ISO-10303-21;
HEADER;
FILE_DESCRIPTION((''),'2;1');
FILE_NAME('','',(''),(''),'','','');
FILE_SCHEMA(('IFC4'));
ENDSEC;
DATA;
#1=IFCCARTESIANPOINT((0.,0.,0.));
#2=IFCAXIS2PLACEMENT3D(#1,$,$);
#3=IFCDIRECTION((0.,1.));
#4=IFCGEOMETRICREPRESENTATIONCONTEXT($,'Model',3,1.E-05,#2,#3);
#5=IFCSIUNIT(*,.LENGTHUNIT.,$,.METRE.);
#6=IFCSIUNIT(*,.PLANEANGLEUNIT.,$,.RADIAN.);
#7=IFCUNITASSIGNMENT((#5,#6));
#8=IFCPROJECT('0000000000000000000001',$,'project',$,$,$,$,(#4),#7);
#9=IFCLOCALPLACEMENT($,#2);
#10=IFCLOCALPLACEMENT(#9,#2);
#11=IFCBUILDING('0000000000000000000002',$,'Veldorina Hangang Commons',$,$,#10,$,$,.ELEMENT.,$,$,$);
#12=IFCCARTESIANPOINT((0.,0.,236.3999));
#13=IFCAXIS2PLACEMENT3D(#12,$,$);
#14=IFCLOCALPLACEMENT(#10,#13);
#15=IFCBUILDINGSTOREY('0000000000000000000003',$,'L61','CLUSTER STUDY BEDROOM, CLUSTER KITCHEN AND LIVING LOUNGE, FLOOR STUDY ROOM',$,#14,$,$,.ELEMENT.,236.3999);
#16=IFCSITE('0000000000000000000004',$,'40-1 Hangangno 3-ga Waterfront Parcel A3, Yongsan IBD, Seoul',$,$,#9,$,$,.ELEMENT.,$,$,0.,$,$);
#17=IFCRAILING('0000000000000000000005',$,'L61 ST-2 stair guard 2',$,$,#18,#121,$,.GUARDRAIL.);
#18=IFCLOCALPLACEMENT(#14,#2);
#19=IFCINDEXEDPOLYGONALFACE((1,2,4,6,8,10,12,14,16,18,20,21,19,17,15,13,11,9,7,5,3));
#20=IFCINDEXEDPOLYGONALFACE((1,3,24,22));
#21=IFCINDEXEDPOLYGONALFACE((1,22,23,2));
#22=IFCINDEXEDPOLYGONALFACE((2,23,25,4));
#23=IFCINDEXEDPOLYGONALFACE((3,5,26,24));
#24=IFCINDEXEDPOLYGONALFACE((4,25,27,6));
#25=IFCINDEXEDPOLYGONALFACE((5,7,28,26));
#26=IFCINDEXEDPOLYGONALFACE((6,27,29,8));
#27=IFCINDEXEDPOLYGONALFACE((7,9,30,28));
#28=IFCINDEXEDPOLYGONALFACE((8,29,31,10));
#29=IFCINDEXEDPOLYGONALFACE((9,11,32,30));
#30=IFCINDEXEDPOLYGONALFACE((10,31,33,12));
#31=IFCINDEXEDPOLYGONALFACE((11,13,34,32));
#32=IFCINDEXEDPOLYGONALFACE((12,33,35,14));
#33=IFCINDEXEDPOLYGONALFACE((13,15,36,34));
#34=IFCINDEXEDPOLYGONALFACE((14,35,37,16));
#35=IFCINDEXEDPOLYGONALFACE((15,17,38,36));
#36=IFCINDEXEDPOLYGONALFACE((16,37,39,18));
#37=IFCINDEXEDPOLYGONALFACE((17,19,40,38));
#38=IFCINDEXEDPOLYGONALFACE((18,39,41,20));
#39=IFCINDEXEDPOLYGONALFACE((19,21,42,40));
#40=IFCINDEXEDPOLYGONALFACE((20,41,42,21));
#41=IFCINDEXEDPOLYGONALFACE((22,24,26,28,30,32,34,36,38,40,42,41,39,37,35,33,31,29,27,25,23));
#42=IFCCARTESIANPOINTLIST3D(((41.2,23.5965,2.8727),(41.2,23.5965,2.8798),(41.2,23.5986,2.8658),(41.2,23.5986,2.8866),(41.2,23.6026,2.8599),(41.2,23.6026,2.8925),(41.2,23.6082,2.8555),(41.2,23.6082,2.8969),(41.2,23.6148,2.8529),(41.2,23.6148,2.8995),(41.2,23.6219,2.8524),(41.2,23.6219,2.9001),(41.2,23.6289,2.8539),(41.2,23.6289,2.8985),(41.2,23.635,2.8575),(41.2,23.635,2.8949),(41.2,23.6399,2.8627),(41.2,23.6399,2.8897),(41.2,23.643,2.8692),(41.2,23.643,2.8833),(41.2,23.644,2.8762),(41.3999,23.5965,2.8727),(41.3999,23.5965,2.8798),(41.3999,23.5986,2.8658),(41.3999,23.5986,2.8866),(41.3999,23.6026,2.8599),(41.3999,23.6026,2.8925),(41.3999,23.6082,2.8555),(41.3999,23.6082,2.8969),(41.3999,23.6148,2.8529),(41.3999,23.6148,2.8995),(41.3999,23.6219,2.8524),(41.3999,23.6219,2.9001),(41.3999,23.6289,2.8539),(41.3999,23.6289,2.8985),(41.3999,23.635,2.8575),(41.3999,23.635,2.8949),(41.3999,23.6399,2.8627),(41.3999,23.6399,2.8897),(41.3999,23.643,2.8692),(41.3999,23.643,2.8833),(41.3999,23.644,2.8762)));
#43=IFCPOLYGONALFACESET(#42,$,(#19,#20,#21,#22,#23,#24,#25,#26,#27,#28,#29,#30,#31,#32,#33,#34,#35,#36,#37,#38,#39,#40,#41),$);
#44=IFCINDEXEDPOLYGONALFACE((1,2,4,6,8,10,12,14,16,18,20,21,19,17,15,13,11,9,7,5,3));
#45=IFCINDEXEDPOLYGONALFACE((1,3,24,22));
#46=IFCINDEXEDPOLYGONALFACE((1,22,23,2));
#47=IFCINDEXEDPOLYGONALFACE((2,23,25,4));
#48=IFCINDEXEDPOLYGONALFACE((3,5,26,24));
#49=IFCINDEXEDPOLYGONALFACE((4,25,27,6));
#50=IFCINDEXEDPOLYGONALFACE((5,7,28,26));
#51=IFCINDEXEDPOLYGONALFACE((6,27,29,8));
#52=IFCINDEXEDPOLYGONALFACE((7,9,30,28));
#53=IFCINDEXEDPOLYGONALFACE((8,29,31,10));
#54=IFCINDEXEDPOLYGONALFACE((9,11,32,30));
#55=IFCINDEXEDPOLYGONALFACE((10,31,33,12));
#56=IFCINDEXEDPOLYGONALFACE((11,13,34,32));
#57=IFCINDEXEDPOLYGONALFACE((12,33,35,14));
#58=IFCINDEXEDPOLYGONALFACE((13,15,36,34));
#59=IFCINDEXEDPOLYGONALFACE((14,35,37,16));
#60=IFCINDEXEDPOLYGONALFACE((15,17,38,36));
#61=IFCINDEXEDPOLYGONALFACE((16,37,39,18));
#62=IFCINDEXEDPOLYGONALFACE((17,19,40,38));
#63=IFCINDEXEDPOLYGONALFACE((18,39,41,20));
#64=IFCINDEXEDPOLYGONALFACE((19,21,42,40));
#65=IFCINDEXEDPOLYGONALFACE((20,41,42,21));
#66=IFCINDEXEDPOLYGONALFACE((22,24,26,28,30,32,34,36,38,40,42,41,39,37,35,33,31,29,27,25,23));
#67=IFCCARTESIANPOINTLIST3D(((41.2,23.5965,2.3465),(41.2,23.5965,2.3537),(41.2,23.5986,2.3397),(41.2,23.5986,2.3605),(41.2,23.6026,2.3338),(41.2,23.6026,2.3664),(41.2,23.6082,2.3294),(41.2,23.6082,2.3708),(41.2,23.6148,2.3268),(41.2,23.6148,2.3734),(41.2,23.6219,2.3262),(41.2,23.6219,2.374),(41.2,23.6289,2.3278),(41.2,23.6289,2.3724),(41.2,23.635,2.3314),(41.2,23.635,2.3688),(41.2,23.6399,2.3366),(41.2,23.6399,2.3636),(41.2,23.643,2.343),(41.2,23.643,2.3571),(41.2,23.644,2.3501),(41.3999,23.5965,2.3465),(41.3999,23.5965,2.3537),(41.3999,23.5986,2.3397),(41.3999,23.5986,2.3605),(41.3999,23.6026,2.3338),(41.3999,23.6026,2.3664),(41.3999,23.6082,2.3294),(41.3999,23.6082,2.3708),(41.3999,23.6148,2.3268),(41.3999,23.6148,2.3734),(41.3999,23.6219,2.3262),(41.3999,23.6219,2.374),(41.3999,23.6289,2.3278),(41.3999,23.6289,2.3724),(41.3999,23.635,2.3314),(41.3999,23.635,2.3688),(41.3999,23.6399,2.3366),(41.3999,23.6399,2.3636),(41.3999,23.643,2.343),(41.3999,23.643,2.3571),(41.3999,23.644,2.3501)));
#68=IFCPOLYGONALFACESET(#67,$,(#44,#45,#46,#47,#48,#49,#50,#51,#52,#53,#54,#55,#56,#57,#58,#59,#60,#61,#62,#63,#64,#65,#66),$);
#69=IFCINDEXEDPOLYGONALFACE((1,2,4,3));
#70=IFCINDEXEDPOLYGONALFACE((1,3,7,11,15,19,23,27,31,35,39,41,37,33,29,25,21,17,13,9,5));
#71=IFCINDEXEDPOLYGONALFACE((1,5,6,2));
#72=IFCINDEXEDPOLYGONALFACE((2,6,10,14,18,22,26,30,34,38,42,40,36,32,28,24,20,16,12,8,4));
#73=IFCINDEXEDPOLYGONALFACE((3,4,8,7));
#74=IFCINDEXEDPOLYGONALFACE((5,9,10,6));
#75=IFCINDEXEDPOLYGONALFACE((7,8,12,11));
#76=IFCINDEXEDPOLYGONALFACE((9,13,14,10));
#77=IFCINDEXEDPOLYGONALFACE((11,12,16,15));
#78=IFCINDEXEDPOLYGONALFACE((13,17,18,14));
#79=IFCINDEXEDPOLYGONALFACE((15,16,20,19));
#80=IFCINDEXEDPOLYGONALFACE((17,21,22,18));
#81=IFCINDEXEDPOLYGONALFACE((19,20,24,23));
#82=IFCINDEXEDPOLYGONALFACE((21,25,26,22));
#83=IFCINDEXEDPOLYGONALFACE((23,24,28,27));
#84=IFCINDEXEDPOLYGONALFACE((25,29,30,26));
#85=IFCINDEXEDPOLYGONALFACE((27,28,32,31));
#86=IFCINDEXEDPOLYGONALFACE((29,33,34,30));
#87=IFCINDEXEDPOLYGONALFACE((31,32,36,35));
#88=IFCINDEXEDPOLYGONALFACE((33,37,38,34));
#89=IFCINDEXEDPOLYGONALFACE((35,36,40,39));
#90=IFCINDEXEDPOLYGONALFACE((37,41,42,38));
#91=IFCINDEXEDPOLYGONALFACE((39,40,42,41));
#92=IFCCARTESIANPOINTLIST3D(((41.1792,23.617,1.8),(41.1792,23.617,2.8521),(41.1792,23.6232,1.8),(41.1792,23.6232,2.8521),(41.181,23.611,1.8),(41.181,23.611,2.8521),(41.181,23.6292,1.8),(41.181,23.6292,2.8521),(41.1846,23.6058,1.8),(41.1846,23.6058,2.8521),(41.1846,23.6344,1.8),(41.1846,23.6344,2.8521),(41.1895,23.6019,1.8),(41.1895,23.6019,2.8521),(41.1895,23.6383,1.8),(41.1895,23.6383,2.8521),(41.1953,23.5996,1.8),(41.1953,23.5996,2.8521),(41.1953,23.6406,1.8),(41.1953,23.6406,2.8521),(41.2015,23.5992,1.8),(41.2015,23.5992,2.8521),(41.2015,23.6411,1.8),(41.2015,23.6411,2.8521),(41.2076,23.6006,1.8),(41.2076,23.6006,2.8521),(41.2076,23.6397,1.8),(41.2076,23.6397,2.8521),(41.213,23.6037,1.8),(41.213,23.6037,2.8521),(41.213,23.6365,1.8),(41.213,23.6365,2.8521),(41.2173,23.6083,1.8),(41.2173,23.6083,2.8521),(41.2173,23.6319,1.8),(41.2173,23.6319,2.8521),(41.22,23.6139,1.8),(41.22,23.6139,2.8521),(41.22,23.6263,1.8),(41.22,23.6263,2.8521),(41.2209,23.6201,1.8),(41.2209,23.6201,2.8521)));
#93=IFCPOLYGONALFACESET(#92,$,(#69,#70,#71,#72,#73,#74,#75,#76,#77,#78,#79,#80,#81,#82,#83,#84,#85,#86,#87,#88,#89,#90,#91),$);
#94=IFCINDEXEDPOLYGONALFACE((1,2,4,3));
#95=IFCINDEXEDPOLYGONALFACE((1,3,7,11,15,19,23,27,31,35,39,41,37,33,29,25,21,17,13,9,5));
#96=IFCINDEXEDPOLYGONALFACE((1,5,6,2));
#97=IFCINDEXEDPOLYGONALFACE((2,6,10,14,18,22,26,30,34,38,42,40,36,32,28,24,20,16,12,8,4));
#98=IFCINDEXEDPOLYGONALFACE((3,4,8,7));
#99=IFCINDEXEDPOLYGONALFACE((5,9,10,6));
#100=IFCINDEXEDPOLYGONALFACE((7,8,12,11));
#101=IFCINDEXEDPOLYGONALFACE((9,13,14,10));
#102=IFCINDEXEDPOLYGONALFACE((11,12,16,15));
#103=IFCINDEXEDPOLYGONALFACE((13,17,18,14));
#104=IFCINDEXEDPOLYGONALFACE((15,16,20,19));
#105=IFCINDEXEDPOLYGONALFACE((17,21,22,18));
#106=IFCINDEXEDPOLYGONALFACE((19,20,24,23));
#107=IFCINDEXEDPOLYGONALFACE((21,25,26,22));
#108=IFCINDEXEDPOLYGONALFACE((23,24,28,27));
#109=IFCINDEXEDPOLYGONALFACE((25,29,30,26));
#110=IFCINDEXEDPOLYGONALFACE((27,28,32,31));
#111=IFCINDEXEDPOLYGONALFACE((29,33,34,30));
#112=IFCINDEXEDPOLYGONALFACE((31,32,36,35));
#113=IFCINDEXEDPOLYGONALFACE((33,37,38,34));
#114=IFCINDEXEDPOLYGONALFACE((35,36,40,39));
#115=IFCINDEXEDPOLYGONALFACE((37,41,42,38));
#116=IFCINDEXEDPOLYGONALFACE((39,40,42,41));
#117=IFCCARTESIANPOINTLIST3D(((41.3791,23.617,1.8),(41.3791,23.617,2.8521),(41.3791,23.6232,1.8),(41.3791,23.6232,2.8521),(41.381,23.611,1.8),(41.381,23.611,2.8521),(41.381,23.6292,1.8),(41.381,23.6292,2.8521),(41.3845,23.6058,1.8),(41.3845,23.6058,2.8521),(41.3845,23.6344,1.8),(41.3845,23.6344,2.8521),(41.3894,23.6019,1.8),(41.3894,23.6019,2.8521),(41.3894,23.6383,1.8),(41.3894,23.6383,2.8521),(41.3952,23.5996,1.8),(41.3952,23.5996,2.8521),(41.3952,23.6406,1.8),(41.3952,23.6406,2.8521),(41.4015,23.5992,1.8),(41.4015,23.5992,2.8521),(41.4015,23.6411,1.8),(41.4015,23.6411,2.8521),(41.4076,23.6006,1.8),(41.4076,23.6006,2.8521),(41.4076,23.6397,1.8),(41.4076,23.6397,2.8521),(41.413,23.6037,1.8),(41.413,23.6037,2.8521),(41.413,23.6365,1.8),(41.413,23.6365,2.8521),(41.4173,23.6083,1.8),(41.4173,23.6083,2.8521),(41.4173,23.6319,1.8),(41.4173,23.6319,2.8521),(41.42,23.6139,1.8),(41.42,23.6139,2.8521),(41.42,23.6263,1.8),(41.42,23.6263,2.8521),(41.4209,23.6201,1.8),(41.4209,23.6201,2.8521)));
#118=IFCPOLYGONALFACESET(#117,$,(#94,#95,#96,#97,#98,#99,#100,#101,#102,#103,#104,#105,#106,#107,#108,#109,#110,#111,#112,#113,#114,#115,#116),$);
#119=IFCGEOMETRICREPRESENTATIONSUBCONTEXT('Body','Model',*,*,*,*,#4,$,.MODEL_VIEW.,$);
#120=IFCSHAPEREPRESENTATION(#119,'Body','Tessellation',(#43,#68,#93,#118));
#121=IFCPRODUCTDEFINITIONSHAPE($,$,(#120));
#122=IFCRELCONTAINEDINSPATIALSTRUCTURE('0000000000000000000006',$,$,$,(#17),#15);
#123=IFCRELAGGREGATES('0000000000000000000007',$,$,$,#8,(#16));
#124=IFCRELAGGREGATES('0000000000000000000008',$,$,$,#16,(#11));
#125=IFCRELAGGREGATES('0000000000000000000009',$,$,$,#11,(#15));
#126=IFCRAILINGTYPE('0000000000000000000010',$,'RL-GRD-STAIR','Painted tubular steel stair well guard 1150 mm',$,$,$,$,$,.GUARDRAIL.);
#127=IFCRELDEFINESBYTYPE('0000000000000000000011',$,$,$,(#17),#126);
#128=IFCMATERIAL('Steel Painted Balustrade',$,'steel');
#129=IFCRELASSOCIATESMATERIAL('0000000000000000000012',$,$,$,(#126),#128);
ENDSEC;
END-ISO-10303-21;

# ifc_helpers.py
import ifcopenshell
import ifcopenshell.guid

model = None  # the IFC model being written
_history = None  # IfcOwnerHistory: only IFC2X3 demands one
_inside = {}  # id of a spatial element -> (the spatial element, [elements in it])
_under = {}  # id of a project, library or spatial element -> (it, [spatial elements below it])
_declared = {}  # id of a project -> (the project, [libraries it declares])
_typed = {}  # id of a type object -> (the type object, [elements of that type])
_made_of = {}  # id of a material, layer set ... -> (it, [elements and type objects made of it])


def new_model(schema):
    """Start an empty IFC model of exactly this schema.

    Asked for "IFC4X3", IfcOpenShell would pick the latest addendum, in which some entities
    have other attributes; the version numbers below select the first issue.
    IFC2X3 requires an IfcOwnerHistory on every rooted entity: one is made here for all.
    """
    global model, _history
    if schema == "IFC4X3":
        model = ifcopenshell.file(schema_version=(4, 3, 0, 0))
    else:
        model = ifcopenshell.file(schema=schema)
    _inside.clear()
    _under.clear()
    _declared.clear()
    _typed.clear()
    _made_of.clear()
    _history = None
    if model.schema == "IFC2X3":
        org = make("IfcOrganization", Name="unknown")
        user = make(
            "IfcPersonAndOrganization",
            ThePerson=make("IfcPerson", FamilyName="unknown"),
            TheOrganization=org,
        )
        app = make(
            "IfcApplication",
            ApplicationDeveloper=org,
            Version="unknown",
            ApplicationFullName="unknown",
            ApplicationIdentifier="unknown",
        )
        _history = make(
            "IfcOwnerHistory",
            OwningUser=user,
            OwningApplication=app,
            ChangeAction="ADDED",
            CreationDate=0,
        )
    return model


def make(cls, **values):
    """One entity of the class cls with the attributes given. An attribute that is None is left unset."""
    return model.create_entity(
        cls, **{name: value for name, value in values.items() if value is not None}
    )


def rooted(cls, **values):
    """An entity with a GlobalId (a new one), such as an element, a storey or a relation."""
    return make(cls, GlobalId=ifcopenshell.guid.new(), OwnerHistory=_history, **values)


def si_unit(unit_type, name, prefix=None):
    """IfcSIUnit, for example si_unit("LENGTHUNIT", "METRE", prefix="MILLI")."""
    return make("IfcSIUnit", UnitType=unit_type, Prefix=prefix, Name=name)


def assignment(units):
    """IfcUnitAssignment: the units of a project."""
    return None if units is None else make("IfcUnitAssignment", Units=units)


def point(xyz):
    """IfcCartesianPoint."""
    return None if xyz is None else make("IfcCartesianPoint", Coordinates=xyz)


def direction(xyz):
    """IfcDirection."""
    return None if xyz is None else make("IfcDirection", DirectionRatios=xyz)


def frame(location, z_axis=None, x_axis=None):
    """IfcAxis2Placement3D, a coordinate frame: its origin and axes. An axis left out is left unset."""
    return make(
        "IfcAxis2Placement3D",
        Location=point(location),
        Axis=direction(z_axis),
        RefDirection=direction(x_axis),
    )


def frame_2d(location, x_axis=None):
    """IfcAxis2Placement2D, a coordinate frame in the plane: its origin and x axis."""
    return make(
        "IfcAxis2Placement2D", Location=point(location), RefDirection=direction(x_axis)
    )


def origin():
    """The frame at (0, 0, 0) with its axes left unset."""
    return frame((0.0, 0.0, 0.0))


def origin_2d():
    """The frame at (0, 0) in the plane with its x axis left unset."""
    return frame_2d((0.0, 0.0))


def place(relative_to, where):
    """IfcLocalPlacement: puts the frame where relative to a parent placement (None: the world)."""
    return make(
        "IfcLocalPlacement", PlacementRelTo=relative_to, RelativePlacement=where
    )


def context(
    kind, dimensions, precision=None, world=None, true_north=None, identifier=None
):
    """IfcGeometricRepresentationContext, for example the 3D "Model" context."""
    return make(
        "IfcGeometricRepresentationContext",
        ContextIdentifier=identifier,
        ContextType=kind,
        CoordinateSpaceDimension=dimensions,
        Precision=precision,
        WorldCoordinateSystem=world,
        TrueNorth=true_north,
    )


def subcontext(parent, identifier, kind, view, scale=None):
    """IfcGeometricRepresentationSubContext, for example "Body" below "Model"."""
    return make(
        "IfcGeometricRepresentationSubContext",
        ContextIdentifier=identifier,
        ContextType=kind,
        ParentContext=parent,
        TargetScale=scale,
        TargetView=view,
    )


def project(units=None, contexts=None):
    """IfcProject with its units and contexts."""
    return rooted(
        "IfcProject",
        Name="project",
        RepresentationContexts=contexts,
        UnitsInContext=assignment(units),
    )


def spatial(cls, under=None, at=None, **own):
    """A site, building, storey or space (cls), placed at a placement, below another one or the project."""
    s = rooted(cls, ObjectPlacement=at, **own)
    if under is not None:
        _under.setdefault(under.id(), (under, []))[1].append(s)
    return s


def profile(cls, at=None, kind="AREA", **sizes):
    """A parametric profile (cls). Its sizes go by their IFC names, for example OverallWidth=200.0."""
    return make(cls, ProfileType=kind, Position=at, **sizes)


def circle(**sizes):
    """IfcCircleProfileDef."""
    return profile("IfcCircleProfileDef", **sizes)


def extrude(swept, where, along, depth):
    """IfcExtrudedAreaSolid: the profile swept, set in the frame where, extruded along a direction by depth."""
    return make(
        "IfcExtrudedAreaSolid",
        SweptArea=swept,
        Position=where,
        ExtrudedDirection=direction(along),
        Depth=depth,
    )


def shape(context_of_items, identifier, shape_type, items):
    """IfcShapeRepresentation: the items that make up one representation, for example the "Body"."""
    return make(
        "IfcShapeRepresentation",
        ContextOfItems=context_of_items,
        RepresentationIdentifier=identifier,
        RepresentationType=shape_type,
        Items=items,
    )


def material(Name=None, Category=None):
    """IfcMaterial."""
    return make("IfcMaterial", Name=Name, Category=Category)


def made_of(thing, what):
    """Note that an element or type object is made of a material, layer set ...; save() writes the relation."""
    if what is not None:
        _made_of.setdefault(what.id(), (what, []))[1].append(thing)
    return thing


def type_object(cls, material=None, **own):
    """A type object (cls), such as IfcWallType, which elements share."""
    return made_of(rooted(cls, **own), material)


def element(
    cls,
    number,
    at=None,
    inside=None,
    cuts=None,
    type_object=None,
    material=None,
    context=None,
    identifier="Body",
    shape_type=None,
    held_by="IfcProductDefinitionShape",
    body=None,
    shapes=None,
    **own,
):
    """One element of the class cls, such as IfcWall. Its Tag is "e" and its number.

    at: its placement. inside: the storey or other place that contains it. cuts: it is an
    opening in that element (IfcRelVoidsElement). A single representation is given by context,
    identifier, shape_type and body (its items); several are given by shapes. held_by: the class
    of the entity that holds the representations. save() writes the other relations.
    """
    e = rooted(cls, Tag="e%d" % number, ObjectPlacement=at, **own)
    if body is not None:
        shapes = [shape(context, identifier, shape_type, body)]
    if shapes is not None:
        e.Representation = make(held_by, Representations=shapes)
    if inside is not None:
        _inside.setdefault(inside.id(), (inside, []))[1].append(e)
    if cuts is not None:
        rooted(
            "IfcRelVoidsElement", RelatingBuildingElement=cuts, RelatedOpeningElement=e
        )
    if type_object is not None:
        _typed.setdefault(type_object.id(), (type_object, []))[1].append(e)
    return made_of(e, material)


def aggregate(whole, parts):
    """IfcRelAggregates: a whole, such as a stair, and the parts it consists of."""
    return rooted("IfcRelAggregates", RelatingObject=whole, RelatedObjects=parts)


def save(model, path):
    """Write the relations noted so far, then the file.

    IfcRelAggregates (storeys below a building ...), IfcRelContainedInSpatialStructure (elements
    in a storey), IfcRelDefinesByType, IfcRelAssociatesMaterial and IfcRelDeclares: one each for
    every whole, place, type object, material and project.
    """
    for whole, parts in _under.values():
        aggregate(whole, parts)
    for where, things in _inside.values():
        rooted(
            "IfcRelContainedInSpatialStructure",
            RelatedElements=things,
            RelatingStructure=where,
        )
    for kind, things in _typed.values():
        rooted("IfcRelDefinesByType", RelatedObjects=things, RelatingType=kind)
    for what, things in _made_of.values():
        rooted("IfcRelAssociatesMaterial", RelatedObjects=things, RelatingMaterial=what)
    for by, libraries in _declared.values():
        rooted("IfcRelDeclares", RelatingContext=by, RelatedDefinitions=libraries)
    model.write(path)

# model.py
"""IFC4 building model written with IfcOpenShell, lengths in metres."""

from ifc_helpers import new_model, si_unit, direction, frame, origin, origin_2d, place, context, subcontext, project, spatial, circle, extrude, material, type_object, element, save


model = new_model("IFC4")

# Units and contexts
model_context = context("Model", 3, precision=1e-05, world=origin(), true_north=direction((0.0, 1.0)))
body_context = subcontext(model_context, "Body", "Model", "MODEL_VIEW")
ifc_project = project(units=[si_unit("LENGTHUNIT", "METRE"), si_unit("PLANEANGLEUNIT", "RADIAN")], contexts=[model_context])

# Site, building, storey
site_placement = place(None, origin())
site = spatial("IfcSite", under=ifc_project, at=site_placement, Name="40-1 Hangangno 3-ga Waterfront Parcel A3, Yongsan IBD, Seoul", CompositionType="ELEMENT", RefElevation=0.0)
building_placement = place(site_placement, origin())
building = spatial("IfcBuilding", under=site, at=building_placement, Name="Veldorina Hangang Commons", CompositionType="ELEMENT")
storey_placement = place(building_placement, frame((0.0, 0.0, 236.3999)))
storey = spatial("IfcBuildingStorey", under=building, at=storey_placement, Name="L61", Description="CLUSTER STUDY BEDROOM, CLUSTER KITCHEN AND LIVING LOUNGE, FLOOR STUDY ROOM", CompositionType="ELEMENT", Elevation=236.3999)

# Railing
ifc_material_1 = material(Name="Steel Painted Balustrade", Category="steel")
railing_type_1 = type_object("IfcRailingType", Name="RL-GRD-STAIR", Description="Painted tubular steel stair well guard 1150 mm", PredefinedType="GUARDRAIL", material=ifc_material_1)
railing_1_placement = place(storey_placement, frame((41.2, 23.6201, 1.8)))
element("IfcRailing", 1, at=railing_1_placement, inside=storey, type_object=railing_type_1, Name="L61 ST-2 stair guard 2", PredefinedType="GUARDRAIL", context=body_context, shape_type="SweptSolid", body=[
    extrude(circle(Radius=0.0239, at=origin_2d()), frame((0.0, 0.0, 1.0762), z_axis=(1.0, 0.0, 0.0), x_axis=(0.0, 1.0, 0.0)), (0.0, 0.0, 1.0), 0.2),
    extrude(circle(Radius=0.0239, at=origin_2d()), frame((0.0, 0.0, 0.55), z_axis=(1.0, 0.0, 0.0), x_axis=(0.0, 1.0, 0.0)), (0.0, 0.0, 1.0), 0.2),
    extrude(circle(Radius=0.021, at=origin_2d()), origin(), (0.0, 0.0, 1.0), 1.052),
    extrude(circle(Radius=0.021, at=origin_2d()), frame((0.2, 0.0, 0.0)), (0.0, 0.0, 1.0), 1.052),
])

save(model, "model.ifc")
